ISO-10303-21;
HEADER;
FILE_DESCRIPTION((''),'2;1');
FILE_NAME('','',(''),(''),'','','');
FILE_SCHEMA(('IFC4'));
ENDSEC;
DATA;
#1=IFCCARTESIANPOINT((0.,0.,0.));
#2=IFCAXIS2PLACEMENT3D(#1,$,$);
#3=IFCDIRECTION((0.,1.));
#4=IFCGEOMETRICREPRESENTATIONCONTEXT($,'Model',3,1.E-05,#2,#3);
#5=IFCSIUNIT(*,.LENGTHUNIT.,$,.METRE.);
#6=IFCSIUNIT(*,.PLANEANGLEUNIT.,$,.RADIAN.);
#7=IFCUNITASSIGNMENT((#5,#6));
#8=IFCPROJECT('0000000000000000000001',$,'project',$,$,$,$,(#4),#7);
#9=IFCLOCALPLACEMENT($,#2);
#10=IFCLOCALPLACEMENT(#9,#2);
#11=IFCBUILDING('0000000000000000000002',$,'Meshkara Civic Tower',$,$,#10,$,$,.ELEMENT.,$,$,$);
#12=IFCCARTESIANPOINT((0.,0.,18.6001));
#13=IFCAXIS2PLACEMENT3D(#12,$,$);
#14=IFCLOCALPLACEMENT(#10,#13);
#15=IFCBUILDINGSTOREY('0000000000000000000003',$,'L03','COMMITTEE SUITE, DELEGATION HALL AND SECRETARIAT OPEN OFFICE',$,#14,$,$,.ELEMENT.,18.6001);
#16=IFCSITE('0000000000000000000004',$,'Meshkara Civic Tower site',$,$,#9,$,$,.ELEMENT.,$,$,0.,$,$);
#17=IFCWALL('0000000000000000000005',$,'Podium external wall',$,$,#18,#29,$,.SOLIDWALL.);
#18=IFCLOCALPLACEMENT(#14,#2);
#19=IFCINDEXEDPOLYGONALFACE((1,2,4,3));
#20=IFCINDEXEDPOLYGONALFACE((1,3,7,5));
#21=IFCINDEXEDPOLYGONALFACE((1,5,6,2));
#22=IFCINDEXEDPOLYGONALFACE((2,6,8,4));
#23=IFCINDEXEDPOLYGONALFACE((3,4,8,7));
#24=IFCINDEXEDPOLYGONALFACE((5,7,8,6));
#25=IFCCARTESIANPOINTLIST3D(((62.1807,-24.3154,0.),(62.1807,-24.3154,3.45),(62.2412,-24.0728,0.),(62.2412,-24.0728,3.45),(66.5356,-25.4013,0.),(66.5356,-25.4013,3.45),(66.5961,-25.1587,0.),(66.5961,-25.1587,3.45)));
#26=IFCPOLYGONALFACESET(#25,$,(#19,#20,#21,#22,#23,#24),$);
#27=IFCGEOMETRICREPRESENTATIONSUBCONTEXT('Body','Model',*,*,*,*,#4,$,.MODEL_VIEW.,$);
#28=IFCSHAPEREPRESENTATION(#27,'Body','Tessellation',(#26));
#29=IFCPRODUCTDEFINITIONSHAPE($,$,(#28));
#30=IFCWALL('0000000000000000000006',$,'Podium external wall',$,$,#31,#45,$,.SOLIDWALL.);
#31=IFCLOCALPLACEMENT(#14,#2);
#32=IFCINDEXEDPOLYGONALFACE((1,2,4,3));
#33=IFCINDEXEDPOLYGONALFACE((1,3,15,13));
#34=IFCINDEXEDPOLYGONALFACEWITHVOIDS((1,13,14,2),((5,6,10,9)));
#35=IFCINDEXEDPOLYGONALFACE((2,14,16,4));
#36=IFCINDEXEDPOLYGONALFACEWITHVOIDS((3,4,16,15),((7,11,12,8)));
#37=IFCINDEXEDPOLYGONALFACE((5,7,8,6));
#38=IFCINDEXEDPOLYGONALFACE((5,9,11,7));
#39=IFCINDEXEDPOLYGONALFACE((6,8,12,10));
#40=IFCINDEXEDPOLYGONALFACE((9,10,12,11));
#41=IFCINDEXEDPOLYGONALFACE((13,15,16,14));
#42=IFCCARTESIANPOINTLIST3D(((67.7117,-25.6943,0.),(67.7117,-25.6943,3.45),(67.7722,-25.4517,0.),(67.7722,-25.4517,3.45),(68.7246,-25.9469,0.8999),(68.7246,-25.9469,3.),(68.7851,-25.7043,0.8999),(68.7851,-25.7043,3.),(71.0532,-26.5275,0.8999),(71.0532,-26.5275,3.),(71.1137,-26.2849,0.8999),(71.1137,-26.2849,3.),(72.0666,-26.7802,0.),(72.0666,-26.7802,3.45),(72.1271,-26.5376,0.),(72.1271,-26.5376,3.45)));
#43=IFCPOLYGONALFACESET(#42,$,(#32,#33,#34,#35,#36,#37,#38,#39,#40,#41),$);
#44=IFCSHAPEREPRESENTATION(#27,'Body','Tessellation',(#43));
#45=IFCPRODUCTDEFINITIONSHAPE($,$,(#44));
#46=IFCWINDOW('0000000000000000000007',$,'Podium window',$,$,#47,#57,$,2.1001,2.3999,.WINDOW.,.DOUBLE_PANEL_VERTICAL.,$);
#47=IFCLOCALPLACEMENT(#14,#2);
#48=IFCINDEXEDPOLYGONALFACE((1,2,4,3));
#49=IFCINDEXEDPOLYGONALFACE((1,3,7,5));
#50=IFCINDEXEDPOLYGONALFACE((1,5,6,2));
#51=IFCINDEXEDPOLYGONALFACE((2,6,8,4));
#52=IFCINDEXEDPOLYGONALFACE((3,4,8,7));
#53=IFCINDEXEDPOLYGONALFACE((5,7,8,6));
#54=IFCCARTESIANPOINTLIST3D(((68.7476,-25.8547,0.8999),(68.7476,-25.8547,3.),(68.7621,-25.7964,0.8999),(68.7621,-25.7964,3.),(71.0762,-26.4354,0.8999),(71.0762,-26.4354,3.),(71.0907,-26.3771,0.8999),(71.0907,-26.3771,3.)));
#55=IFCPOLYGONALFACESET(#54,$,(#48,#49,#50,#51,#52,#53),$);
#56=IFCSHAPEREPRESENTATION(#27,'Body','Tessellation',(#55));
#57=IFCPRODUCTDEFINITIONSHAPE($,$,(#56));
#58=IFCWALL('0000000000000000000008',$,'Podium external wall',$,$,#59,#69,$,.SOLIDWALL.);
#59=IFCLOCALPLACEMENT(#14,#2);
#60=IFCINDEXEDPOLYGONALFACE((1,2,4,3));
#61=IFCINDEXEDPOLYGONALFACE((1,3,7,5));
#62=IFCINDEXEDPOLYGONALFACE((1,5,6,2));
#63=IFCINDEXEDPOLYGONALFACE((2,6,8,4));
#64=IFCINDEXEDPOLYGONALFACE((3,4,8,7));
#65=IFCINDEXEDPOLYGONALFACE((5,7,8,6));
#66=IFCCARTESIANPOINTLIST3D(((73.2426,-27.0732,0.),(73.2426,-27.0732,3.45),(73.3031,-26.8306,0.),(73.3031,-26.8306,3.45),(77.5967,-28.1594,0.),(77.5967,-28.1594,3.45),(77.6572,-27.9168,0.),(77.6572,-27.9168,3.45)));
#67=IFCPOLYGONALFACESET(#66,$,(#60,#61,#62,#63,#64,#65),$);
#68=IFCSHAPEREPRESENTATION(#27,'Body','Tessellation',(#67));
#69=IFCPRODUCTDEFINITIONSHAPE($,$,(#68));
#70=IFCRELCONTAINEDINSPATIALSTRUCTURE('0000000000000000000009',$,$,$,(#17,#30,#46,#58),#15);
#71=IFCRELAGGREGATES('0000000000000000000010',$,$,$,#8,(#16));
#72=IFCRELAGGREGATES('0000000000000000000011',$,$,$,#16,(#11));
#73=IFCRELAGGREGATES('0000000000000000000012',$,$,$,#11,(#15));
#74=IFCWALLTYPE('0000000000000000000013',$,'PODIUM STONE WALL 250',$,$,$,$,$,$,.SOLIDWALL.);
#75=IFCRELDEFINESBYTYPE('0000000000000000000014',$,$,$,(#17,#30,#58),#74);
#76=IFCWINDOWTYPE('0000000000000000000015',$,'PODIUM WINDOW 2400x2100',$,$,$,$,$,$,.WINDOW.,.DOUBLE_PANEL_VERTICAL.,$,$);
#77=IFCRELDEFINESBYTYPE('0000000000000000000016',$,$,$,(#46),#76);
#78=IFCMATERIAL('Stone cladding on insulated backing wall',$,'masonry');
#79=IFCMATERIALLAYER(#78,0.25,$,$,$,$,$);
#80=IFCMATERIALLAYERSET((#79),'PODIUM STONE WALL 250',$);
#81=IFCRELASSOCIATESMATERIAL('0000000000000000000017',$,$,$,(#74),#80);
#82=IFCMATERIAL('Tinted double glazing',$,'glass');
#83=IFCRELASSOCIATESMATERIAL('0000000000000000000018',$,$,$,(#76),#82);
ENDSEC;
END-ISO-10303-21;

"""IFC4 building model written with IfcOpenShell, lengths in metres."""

from ifc_helpers import new_model, si_unit, direction, frame, frame_2d, origin, place, context, subcontext, project, spatial, rectangle, extrude, material, layer, layer_set, type_object, element, fill, save


model = new_model("IFC4")

# Units and contexts
model_context = context("Model", 3, precision=1e-05, world=origin(), true_north=direction((0.0, 1.0)))
body_context = subcontext(model_context, "Body", "Model", "MODEL_VIEW")
ifc_project = project(units=[si_unit("LENGTHUNIT", "METRE"), si_unit("PLANEANGLEUNIT", "RADIAN")], contexts=[model_context])

# Site, building, storey
site_placement = place(None, origin())
site = spatial("IfcSite", under=ifc_project, at=site_placement, Name="Meshkara Civic Tower site", CompositionType="ELEMENT", RefElevation=0.0)
building_placement = place(site_placement, origin())
building = spatial("IfcBuilding", under=site, at=building_placement, Name="Meshkara Civic Tower", CompositionType="ELEMENT")
storey_placement = place(building_placement, frame((0.0, 0.0, 18.6001)))
storey = spatial("IfcBuildingStorey", under=building, at=storey_placement, Name="L03", Description="COMMITTEE SUITE, DELEGATION HALL AND SECRETARIAT OPEN OFFICE", CompositionType="ELEMENT", Elevation=18.6001)

# Wall
ifc_material_1 = material(Name="Stone cladding on insulated backing wall", Category="masonry")
ifc_layer_1 = layer(ifc_material_1, 0.25)
ifc_layer_set_1 = layer_set([ifc_layer_1], Name="PODIUM STONE WALL 250")
wall_type_1 = type_object("IfcWallType", Name="PODIUM STONE WALL 250", PredefinedType="SOLIDWALL", material=ifc_layer_set_1)
wall_1_placement = place(storey_placement, frame((62.2109, -24.1941, 0.0), z_axis=(0.0, 0.0, 1.0), x_axis=(0.97029, -0.241947, 0.0)))
element("IfcWall", 1, at=wall_1_placement, inside=storey, type_object=wall_type_1, Name="Podium external wall", PredefinedType="SOLIDWALL", context=body_context, shape_type="SweptSolid", body=[
    extrude(rectangle(XDim=4.4883, YDim=0.25, at=frame_2d((2.2441, 0.0))), origin(), (0.0, 0.0, 1.0), 3.45),
])

# Wall, opening, window
wall_2_placement = place(storey_placement, frame((67.7419, -25.573, 0.0), z_axis=(0.0, 0.0, 1.0), x_axis=(0.97029, -0.241947, 0.0)))
wall_2 = element("IfcWall", 2, at=wall_2_placement, inside=storey, type_object=wall_type_1, Name="Podium external wall", PredefinedType="SOLIDWALL", context=body_context, shape_type="SweptSolid", body=[
    extrude(rectangle(XDim=4.4883, YDim=0.25, at=frame_2d((2.2441, 0.0))), origin(), (0.0, 0.0, 1.0), 3.45),
])
opening_1_placement = place(wall_2_placement, frame((1.0439, 0.0, 0.8999)))
opening_1 = element("IfcOpeningElement", 3, at=opening_1_placement, cuts=wall_2, PredefinedType="OPENING", context=body_context, shape_type="SweptSolid", body=[
    extrude(rectangle(XDim=2.3999, YDim=2.1001, at=frame_2d((1.2, 1.05))), frame((0.0, 0.135, 0.0), z_axis=(0.0, -1.0, 0.0), x_axis=(1.0, 0.0, 0.0)), (0.0, 0.0, 1.0), 0.27),
])
ifc_material_2 = material(Name="Tinted double glazing", Category="glass")
window_type = type_object("IfcWindowType", Name="PODIUM WINDOW 2400x2100", PartitioningType="DOUBLE_PANEL_VERTICAL", PredefinedType="WINDOW", material=ifc_material_2)
window_placement = place(opening_1_placement, origin())
window = element("IfcWindow", 4, at=window_placement, inside=storey, type_object=window_type, Name="Podium window", OverallHeight=2.1001, OverallWidth=2.3999, PartitioningType="DOUBLE_PANEL_VERTICAL", PredefinedType="WINDOW", context=body_context, shape_type="SweptSolid", body=[
    extrude(rectangle(XDim=2.3999, YDim=2.1001, at=frame_2d((1.2, 1.05))), frame((0.0, 0.03, 0.0), z_axis=(0.0, -1.0, 0.0), x_axis=(1.0, 0.0, 0.0)), (0.0, 0.0, 1.0), 0.0601),
])
fill(opening_1, window)

# Wall
wall_3_placement = place(storey_placement, frame((73.2729, -26.9519, 0.0), z_axis=(0.0, 0.0, 1.0), x_axis=(0.970264, -0.242049, 0.0)))
element("IfcWall", 5, at=wall_3_placement, inside=storey, type_object=wall_type_1, Name="Podium external wall", PredefinedType="SOLIDWALL", context=body_context, shape_type="SweptSolid", body=[
    extrude(rectangle(XDim=4.4875, YDim=0.25, at=frame_2d((2.2437, 0.0))), origin(), (0.0, 0.0, 1.0), 3.45),
])

save(model, "model.ifc")
